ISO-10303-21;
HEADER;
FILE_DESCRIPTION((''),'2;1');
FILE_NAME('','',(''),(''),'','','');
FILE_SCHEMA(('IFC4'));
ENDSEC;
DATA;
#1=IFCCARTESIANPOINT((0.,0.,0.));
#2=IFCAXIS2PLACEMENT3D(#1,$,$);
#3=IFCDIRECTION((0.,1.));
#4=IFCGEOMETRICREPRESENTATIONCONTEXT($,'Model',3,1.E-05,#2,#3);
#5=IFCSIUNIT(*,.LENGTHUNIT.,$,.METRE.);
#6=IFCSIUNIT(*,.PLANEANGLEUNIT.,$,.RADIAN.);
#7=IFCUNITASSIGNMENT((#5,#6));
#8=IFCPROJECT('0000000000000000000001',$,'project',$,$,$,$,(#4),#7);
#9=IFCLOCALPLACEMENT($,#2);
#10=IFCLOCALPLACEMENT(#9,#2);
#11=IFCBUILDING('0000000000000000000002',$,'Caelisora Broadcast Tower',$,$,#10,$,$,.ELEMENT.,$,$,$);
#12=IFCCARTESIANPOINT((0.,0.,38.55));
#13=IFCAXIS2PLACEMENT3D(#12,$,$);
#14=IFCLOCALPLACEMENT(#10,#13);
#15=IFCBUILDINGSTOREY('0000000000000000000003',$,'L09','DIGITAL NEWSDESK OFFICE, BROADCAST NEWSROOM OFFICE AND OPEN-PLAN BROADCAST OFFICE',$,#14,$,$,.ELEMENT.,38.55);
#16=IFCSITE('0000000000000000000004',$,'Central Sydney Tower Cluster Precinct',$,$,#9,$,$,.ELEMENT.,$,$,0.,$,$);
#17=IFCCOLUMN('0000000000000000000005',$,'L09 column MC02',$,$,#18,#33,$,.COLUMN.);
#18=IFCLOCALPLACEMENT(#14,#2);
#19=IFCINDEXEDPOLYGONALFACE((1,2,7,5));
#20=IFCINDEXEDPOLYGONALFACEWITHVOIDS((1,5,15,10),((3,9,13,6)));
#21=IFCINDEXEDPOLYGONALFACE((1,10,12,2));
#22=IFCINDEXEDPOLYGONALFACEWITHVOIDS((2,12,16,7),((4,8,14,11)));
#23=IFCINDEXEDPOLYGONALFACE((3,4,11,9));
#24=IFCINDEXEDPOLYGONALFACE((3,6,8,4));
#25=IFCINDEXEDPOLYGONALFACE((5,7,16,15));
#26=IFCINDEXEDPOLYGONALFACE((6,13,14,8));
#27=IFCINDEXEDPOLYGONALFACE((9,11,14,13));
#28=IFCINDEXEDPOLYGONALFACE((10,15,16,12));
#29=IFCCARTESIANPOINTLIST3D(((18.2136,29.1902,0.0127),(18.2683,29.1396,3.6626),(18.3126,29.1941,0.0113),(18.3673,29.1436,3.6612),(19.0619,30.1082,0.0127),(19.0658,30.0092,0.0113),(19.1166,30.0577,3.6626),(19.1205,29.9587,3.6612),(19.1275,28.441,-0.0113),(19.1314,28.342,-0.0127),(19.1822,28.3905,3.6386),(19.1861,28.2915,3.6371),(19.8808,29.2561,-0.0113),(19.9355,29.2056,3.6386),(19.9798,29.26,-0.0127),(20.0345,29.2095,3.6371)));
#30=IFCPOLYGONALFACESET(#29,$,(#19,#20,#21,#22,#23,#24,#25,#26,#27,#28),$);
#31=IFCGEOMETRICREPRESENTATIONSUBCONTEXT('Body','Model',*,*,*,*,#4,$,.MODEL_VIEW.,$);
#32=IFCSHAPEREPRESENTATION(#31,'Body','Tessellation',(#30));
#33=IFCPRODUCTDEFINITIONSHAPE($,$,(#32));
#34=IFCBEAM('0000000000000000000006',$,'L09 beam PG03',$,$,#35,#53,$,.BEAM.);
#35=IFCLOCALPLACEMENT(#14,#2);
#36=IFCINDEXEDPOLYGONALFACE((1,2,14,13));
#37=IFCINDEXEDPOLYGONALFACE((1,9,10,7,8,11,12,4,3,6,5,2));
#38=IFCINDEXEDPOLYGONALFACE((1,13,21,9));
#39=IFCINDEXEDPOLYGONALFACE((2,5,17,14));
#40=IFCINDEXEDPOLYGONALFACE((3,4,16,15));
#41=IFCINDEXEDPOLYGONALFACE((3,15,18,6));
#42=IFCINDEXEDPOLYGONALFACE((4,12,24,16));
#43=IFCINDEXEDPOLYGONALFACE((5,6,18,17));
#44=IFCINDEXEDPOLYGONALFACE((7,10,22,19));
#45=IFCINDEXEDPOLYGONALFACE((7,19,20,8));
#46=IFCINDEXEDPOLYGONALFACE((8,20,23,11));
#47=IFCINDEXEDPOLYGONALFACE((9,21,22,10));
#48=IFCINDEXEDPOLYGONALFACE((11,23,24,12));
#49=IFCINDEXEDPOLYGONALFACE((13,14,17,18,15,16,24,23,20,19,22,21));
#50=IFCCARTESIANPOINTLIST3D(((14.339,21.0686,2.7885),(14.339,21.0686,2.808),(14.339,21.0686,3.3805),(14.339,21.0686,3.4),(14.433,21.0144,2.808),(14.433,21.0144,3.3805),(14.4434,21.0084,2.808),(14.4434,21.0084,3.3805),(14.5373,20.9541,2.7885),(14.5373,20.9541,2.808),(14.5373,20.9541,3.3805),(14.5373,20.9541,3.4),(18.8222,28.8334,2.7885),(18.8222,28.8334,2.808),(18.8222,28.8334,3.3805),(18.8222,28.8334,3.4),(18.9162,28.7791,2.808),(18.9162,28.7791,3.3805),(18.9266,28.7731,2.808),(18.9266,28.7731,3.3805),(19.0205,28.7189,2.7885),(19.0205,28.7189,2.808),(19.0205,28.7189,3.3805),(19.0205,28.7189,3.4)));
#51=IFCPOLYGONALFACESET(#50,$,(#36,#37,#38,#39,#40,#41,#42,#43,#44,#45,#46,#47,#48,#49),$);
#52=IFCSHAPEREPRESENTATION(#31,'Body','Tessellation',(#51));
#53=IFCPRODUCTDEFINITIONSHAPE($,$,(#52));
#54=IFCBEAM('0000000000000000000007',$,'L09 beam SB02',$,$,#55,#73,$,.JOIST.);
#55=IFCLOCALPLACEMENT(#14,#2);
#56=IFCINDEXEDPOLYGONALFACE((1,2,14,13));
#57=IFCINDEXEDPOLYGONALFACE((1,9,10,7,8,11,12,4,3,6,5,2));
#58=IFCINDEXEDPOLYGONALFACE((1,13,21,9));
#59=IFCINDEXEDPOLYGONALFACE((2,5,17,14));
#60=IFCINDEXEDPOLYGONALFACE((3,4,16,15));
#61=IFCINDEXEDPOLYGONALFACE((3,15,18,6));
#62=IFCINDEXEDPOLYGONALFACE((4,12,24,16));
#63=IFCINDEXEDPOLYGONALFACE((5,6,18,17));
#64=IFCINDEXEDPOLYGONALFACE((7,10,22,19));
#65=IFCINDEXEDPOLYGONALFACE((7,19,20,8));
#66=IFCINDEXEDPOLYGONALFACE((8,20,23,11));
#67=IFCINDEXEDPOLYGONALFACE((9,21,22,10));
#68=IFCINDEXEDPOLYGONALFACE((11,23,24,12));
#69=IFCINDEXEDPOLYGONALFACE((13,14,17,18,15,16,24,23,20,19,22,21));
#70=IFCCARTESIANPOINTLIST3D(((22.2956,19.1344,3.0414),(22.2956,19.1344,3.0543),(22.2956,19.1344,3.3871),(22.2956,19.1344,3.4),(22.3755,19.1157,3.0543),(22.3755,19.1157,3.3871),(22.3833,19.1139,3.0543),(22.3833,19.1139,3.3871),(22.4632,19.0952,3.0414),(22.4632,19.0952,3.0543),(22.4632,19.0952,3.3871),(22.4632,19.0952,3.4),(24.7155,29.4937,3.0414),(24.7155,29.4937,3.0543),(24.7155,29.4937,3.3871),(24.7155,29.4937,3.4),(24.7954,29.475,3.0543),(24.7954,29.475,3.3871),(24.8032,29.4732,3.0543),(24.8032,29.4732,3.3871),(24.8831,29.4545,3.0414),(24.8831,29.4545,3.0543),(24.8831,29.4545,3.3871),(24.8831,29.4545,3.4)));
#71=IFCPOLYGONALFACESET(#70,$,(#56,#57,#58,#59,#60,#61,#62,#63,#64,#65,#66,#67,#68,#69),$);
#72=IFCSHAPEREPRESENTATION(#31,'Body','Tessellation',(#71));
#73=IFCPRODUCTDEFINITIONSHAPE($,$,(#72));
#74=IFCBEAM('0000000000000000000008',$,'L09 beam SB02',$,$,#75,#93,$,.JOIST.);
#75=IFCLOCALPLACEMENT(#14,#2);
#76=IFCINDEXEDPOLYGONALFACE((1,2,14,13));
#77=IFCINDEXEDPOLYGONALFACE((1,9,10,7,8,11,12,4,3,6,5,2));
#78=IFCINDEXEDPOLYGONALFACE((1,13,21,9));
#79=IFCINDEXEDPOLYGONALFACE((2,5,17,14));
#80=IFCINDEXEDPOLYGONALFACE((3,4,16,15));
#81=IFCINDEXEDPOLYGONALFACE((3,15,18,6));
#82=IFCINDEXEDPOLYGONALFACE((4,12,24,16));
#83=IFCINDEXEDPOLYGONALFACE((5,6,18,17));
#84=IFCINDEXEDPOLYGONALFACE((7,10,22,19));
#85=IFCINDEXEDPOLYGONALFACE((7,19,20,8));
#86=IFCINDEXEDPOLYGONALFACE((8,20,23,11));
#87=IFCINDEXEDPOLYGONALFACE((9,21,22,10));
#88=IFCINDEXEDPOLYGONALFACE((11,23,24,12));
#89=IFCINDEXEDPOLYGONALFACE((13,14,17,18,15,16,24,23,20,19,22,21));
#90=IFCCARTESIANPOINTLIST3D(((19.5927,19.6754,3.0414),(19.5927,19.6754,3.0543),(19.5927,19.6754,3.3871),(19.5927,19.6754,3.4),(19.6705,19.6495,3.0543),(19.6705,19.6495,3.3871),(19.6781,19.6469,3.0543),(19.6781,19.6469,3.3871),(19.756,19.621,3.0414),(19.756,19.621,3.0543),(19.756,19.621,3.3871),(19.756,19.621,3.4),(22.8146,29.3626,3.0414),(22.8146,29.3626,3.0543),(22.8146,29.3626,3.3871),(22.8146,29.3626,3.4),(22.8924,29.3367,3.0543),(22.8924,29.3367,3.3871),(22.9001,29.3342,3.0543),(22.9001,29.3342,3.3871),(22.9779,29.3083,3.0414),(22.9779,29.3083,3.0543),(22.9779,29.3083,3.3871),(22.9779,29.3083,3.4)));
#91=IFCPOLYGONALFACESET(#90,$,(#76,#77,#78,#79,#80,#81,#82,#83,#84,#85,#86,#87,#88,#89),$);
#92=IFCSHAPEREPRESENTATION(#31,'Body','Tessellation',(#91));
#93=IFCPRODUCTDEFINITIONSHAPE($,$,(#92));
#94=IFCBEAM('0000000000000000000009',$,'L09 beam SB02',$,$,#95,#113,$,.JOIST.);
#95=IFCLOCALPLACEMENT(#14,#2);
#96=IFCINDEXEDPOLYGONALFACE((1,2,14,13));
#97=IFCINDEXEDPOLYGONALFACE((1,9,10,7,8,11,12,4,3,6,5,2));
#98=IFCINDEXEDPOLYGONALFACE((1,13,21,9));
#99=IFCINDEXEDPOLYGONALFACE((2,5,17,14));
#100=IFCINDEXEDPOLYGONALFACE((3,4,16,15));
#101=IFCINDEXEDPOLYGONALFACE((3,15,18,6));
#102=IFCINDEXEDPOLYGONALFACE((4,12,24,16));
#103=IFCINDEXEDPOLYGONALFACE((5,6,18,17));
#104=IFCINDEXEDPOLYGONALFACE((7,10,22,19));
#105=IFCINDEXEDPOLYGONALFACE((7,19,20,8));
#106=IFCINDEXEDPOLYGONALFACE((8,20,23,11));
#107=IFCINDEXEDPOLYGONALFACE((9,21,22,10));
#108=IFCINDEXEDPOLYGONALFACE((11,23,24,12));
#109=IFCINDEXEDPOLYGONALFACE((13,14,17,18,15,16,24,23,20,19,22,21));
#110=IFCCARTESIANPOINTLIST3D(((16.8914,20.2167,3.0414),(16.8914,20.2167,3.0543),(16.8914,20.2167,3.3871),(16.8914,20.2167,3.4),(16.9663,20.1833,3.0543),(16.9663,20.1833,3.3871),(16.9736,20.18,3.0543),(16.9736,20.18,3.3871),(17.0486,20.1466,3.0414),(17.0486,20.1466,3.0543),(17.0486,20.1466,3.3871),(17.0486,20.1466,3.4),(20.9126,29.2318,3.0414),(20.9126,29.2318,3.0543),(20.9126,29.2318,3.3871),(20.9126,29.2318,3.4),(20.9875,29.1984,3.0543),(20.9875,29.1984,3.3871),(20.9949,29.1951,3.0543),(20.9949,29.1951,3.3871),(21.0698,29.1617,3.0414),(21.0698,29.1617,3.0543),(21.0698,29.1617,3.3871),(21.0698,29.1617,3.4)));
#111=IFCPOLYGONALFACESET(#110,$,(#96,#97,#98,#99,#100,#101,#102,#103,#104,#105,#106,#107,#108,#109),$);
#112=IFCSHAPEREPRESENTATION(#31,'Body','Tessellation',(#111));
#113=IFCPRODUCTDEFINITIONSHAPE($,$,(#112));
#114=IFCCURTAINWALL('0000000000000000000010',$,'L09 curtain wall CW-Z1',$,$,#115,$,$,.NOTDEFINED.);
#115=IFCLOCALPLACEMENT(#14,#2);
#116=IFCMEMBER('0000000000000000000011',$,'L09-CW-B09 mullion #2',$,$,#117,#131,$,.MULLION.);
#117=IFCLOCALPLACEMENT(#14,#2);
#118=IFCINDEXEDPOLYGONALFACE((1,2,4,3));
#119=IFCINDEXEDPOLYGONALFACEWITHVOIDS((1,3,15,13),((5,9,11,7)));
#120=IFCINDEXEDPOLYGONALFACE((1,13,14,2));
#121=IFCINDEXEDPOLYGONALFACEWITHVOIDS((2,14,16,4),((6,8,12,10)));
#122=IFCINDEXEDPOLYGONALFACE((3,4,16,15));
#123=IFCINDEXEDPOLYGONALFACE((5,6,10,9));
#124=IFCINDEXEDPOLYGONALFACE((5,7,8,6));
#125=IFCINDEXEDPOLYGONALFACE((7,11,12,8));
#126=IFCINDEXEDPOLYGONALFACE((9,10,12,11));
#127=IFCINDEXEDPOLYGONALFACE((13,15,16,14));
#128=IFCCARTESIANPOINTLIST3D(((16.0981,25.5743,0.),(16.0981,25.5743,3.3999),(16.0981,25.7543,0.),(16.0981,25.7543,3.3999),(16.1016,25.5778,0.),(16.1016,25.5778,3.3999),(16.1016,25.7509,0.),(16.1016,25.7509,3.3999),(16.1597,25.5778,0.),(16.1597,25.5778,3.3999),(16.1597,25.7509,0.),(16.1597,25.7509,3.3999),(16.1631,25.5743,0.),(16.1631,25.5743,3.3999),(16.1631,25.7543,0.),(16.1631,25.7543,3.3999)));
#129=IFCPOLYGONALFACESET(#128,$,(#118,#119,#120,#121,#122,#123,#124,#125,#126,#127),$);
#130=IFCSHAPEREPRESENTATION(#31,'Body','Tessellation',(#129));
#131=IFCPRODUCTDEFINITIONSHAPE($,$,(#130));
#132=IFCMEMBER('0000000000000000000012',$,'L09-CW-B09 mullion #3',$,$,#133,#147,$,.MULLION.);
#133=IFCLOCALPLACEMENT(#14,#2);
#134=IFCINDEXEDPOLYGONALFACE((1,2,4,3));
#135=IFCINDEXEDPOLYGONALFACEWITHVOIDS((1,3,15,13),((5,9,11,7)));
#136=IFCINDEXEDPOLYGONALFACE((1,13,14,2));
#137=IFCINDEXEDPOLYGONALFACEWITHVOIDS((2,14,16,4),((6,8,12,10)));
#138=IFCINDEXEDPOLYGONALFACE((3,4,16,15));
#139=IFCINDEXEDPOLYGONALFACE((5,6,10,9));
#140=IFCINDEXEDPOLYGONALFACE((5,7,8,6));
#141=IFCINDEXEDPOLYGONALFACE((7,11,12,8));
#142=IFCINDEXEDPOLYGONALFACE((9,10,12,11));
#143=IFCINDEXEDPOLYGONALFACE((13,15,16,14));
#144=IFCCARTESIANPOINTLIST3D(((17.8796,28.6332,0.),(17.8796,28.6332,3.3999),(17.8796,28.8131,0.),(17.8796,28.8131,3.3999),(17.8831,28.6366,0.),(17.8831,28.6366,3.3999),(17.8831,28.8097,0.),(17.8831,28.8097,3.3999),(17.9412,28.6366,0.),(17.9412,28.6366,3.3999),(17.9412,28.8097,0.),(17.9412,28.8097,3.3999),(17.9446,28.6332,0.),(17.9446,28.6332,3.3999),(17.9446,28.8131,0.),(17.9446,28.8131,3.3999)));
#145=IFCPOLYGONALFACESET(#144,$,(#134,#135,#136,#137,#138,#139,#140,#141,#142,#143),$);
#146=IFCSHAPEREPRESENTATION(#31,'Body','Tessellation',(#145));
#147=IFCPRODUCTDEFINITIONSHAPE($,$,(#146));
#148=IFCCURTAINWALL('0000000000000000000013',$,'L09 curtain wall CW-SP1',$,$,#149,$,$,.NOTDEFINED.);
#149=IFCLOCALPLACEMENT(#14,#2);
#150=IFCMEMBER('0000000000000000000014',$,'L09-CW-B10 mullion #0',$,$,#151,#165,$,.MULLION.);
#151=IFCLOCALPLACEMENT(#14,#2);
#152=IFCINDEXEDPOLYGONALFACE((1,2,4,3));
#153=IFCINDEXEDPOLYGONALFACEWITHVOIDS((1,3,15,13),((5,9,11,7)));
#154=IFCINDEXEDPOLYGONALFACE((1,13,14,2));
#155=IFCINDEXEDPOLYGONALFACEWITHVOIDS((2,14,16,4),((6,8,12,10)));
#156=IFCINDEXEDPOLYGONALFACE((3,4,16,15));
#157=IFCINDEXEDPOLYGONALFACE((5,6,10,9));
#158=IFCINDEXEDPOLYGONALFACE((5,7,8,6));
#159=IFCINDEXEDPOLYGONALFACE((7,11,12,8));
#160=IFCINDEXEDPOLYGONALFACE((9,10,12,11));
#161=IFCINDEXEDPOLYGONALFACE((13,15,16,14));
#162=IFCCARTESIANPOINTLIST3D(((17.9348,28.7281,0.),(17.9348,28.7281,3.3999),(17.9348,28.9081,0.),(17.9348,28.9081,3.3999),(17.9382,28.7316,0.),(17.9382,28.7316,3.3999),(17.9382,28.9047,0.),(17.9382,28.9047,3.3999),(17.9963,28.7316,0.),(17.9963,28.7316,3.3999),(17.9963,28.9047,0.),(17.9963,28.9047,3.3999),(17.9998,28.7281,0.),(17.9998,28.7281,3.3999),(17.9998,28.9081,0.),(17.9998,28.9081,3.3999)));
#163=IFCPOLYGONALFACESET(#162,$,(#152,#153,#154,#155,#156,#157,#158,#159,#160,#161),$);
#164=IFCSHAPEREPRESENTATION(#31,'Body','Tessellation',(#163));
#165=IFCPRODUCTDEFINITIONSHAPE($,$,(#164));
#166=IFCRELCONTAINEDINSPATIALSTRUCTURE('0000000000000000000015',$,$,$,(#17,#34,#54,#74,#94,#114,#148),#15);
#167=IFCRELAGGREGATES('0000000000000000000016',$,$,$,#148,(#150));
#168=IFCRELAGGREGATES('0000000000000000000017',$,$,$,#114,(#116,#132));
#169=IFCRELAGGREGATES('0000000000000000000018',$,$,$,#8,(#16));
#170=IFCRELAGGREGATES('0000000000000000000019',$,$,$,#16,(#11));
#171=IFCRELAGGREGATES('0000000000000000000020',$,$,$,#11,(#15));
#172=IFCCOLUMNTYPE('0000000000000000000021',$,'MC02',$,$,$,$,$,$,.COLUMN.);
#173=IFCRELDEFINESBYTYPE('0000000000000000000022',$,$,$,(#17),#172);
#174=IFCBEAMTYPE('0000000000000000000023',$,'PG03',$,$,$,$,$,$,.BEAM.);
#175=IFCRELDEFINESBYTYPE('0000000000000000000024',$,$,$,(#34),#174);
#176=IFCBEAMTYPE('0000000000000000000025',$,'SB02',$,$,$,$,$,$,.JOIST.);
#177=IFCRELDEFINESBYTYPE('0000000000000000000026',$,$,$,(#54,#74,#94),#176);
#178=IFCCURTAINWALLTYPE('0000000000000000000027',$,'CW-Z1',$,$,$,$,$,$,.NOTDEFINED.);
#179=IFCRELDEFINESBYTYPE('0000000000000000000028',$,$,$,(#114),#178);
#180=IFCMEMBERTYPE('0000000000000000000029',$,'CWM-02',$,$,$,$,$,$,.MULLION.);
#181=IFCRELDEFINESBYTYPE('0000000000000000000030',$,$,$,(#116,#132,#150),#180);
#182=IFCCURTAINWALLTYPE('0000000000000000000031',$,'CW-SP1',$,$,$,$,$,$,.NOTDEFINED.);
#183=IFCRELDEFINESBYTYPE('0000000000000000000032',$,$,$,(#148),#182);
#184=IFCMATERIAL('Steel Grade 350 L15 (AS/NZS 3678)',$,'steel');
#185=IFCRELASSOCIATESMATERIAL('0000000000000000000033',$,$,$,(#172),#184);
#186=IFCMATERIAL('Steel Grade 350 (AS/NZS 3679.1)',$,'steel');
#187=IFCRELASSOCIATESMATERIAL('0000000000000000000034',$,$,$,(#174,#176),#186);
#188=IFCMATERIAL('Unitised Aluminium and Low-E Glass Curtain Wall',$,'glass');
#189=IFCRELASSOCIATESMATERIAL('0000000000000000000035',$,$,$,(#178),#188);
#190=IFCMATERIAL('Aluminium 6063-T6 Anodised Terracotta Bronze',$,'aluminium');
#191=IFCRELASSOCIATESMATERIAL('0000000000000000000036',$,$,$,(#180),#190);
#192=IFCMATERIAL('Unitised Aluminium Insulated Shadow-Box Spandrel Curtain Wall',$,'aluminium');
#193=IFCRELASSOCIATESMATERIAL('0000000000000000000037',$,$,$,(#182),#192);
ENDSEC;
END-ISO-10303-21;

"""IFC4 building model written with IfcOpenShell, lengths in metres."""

from ifc_helpers import new_model, si_unit, direction, frame, origin, origin_2d, place, context, subcontext, project, spatial, hollow_rectangle, i_section, extrude, source, transform, mapped, material, material_profile, profile_set, type_object, type_shapes, element, aggregate, save


model = new_model("IFC4")

# Units and contexts
model_context = context("Model", 3, precision=1e-05, world=origin(), true_north=direction((0.0, 1.0)))
body_context = subcontext(model_context, "Body", "Model", "MODEL_VIEW")
ifc_project = project(units=[si_unit("LENGTHUNIT", "METRE"), si_unit("PLANEANGLEUNIT", "RADIAN")], contexts=[model_context])

# Site, building, storey
site_placement = place(None, origin())
site = spatial("IfcSite", under=ifc_project, at=site_placement, Name="Central Sydney Tower Cluster Precinct", CompositionType="ELEMENT", RefElevation=0.0)
building_placement = place(site_placement, origin())
building = spatial("IfcBuilding", under=site, at=building_placement, Name="Caelisora Broadcast Tower", CompositionType="ELEMENT")
storey_placement = place(building_placement, frame((0.0, 0.0, 38.55)))
storey = spatial("IfcBuildingStorey", under=building, at=storey_placement, Name="L09", Description="DIGITAL NEWSDESK OFFICE, BROADCAST NEWSROOM OFFICE AND OPEN-PLAN BROADCAST OFFICE", CompositionType="ELEMENT", Elevation=38.55)

# Column
ifc_material_1 = material(Name="Steel Grade 350 L15 (AS/NZS 3678)", Category="steel")
ifc_material_profile_1 = material_profile(ifc_material_1, hollow_rectangle(XDim=1.25, YDim=1.25, WallThickness=0.0701, at=origin_2d()), Name="Steel Grade 350 L15 (AS/NZS 3678)")
ifc_profile_set_1 = profile_set([ifc_material_profile_1], Name="Steel Grade 350 L15 (AS/NZS 3678)")
column_type = type_object("IfcColumnType", Name="MC02", PredefinedType="COLUMN", material=ifc_profile_set_1)
shared_shape_1 = source(origin(), body_context, "Body", "SweptSolid", [
    extrude(hollow_rectangle(XDim=1.25, YDim=1.25, WallThickness=0.0701, at=origin_2d()), origin(), (0.0, 0.0, 1.0), 3.6506),
])
type_shapes(column_type, [shared_shape_1])
column_placement = place(storey_placement, frame((19.0967, 29.2251, 0.0), z_axis=(0.01498, -0.013843, 0.999792), x_axis=(0.678689, 0.734426, 0.0)))
element("IfcColumn", 1, at=column_placement, inside=storey, type_object=column_type, Name="L09 column MC02", PredefinedType="COLUMN", context=body_context, shape_type="MappedRepresentation", body=[
    mapped(shared_shape_1, transform((0.0, 0.0, 0.0), scale=1.0)),
])

# Beams
ifc_material_2 = material(Name="Steel Grade 350 (AS/NZS 3679.1)", Category="steel")
ifc_material_profile_2 = material_profile(ifc_material_2, i_section(OverallWidth=0.229, OverallDepth=0.6116, WebThickness=0.012, FlangeThickness=0.0195, at=origin_2d()), Name="Steel Grade 350 (AS/NZS 3679.1)")
ifc_profile_set_2 = profile_set([ifc_material_profile_2], Name="Steel Grade 350 (AS/NZS 3679.1)")
beam_type_1 = type_object("IfcBeamType", Name="PG03", PredefinedType="BEAM", material=ifc_profile_set_2)
shared_shape_2 = source(origin(), body_context, "Body", "SweptSolid", [
    extrude(i_section(OverallWidth=0.229, OverallDepth=0.6116, WebThickness=0.012, FlangeThickness=0.0195, at=origin_2d()), origin(), (0.0, 0.0, 1.0), 8.9661),
])
type_shapes(beam_type_1, [shared_shape_2])
beam_1_placement = place(storey_placement, frame((18.9214, 28.7761, 3.0942), z_axis=(-0.500019, -0.866014, 0.0), x_axis=(0.866014, -0.500019, 0.0)))
element("IfcBeam", 2, at=beam_1_placement, inside=storey, type_object=beam_type_1, Name="L09 beam PG03", PredefinedType="BEAM", context=body_context, shape_type="MappedRepresentation", body=[
    mapped(shared_shape_2, transform((0.0, 0.0, 0.0), scale=1.0)),
])
ifc_material_profile_3 = material_profile(ifc_material_2, i_section(OverallWidth=0.1721, OverallDepth=0.3586, WebThickness=0.0081, FlangeThickness=0.0129, at=origin_2d()), Name="Steel Grade 350 (AS/NZS 3679.1)")
ifc_profile_set_3 = profile_set([ifc_material_profile_3], Name="Steel Grade 350 (AS/NZS 3679.1)")
beam_type_2 = type_object("IfcBeamType", Name="SB02", PredefinedType="JOIST", material=ifc_profile_set_3)
shared_shape_3 = source(origin(), body_context, "Body", "SweptSolid", [
    extrude(i_section(OverallWidth=0.1721, OverallDepth=0.3586, WebThickness=0.0081, FlangeThickness=0.0129, at=origin_2d()), origin(), (0.0, 0.0, 1.0), 10.6382),
])
beam_2_placement = place(storey_placement, frame((24.7993, 29.4741, 3.2207), z_axis=(-0.227473, -0.973784, 0.0), x_axis=(0.973784, -0.227473, 0.0)))
element("IfcBeam", 3, at=beam_2_placement, inside=storey, type_object=beam_type_2, Name="L09 beam SB02", PredefinedType="JOIST", context=body_context, shape_type="MappedRepresentation", body=[
    mapped(shared_shape_3, transform((0.0, 0.0, 0.0), scale=1.0)),
])
shared_shape_4 = source(origin(), body_context, "Body", "SweptSolid", [
    extrude(i_section(OverallWidth=0.1721, OverallDepth=0.3586, WebThickness=0.0081, FlangeThickness=0.0129, at=origin_2d()), origin(), (0.0, 0.0, 1.0), 10.209),
])
beam_3_placement = place(storey_placement, frame((22.8962, 29.3354, 3.2207), z_axis=(-0.315596, -0.948894, 0.0), x_axis=(0.948894, -0.315596, 0.0)))
element("IfcBeam", 4, at=beam_3_placement, inside=storey, type_object=beam_type_2, Name="L09 beam SB02", PredefinedType="JOIST", context=body_context, shape_type="MappedRepresentation", body=[
    mapped(shared_shape_4, transform((0.0, 0.0, 0.0), scale=1.0)),
])
shared_shape_5 = source(origin(), body_context, "Body", "SweptSolid", [
    extrude(i_section(OverallWidth=0.1721, OverallDepth=0.3586, WebThickness=0.0081, FlangeThickness=0.0129, at=origin_2d()), origin(), (0.0, 0.0, 1.0), 9.8713),
])
type_shapes(beam_type_2, [shared_shape_3, shared_shape_4, shared_shape_5])
beam_4_placement = place(storey_placement, frame((20.9912, 29.1968, 3.2207), z_axis=(-0.407366, -0.913265, 0.0), x_axis=(0.913265, -0.407366, 0.0)))
element("IfcBeam", 5, at=beam_4_placement, inside=storey, type_object=beam_type_2, Name="L09 beam SB02", PredefinedType="JOIST", context=body_context, shape_type="MappedRepresentation", body=[
    mapped(shared_shape_5, transform((0.0, 0.0, 0.0), scale=1.0)),
])

# Curtain walls, members
ifc_material_3 = material(Name="Unitised Aluminium and Low-E Glass Curtain Wall", Category="glass")
curtain_wall_type_1 = type_object("IfcCurtainWallType", Name="CW-Z1", PredefinedType="NOTDEFINED", material=ifc_material_3)
curtain_wall_1_placement = place(storey_placement, origin())
curtain_wall_1 = element("IfcCurtainWall", 6, at=curtain_wall_1_placement, inside=storey, type_object=curtain_wall_type_1, Name="L09 curtain wall CW-Z1", PredefinedType="NOTDEFINED")
ifc_material_4 = material(Name="Aluminium 6063-T6 Anodised Terracotta Bronze", Category="aluminium")
ifc_material_profile_4 = material_profile(ifc_material_4, hollow_rectangle(XDim=0.0649, YDim=0.1799, WallThickness=0.0034, at=origin_2d()), Name="Aluminium 6063-T6 Anodised Terracotta Bronze")
ifc_profile_set_4 = profile_set([ifc_material_profile_4], Name="Aluminium 6063-T6 Anodised Terracotta Bronze")
member_type_1 = type_object("IfcMemberType", Name="CWM-02", PredefinedType="MULLION", material=ifc_profile_set_4)
shared_shape_6 = source(origin(), body_context, "Body", "SweptSolid", [
    extrude(hollow_rectangle(XDim=0.0649, YDim=0.1799, WallThickness=0.0034, at=origin_2d()), origin(), (0.0, 0.0, 1.0), 3.3999),
])
type_shapes(member_type_1, [shared_shape_6])
member_1_placement = place(storey_placement, frame((16.1306, 25.6643, 0.0), z_axis=(0.0, 0.0, 1.0), x_axis=(1.0, 0.0, 0.0)))
member_1 = element("IfcMember", 7, at=member_1_placement, type_object=member_type_1, Name="L09-CW-B09 mullion #2", PredefinedType="MULLION", context=body_context, shape_type="MappedRepresentation", body=[
    mapped(shared_shape_6, transform((0.0, 0.0, 0.0), scale=1.0)),
])
member_2_placement = place(storey_placement, frame((17.9121, 28.7231, 0.0), z_axis=(0.0, 0.0, 1.0), x_axis=(1.0, 0.0, 0.0)))
member_2 = element("IfcMember", 8, at=member_2_placement, type_object=member_type_1, Name="L09-CW-B09 mullion #3", PredefinedType="MULLION", context=body_context, shape_type="MappedRepresentation", body=[
    mapped(shared_shape_6, transform((0.0, 0.0, 0.0), scale=1.0)),
])
ifc_material_5 = material(Name="Unitised Aluminium Insulated Shadow-Box Spandrel Curtain Wall", Category="aluminium")
curtain_wall_type_2 = type_object("IfcCurtainWallType", Name="CW-SP1", PredefinedType="NOTDEFINED", material=ifc_material_5)
curtain_wall_2_placement = place(storey_placement, origin())
curtain_wall_2 = element("IfcCurtainWall", 9, at=curtain_wall_2_placement, inside=storey, type_object=curtain_wall_type_2, Name="L09 curtain wall CW-SP1", PredefinedType="NOTDEFINED")
member_3_placement = place(storey_placement, frame((17.9673, 28.8181, 0.0), z_axis=(0.0, 0.0, 1.0), x_axis=(1.0, 0.0, 0.0)))
member_3 = element("IfcMember", 10, at=member_3_placement, type_object=member_type_1, Name="L09-CW-B10 mullion #0", PredefinedType="MULLION", context=body_context, shape_type="MappedRepresentation", body=[
    mapped(shared_shape_6, transform((0.0, 0.0, 0.0), scale=1.0)),
])

aggregate(curtain_wall_2, [member_3])
aggregate(curtain_wall_1, [member_1, member_2])

save(model, "model.ifc")
